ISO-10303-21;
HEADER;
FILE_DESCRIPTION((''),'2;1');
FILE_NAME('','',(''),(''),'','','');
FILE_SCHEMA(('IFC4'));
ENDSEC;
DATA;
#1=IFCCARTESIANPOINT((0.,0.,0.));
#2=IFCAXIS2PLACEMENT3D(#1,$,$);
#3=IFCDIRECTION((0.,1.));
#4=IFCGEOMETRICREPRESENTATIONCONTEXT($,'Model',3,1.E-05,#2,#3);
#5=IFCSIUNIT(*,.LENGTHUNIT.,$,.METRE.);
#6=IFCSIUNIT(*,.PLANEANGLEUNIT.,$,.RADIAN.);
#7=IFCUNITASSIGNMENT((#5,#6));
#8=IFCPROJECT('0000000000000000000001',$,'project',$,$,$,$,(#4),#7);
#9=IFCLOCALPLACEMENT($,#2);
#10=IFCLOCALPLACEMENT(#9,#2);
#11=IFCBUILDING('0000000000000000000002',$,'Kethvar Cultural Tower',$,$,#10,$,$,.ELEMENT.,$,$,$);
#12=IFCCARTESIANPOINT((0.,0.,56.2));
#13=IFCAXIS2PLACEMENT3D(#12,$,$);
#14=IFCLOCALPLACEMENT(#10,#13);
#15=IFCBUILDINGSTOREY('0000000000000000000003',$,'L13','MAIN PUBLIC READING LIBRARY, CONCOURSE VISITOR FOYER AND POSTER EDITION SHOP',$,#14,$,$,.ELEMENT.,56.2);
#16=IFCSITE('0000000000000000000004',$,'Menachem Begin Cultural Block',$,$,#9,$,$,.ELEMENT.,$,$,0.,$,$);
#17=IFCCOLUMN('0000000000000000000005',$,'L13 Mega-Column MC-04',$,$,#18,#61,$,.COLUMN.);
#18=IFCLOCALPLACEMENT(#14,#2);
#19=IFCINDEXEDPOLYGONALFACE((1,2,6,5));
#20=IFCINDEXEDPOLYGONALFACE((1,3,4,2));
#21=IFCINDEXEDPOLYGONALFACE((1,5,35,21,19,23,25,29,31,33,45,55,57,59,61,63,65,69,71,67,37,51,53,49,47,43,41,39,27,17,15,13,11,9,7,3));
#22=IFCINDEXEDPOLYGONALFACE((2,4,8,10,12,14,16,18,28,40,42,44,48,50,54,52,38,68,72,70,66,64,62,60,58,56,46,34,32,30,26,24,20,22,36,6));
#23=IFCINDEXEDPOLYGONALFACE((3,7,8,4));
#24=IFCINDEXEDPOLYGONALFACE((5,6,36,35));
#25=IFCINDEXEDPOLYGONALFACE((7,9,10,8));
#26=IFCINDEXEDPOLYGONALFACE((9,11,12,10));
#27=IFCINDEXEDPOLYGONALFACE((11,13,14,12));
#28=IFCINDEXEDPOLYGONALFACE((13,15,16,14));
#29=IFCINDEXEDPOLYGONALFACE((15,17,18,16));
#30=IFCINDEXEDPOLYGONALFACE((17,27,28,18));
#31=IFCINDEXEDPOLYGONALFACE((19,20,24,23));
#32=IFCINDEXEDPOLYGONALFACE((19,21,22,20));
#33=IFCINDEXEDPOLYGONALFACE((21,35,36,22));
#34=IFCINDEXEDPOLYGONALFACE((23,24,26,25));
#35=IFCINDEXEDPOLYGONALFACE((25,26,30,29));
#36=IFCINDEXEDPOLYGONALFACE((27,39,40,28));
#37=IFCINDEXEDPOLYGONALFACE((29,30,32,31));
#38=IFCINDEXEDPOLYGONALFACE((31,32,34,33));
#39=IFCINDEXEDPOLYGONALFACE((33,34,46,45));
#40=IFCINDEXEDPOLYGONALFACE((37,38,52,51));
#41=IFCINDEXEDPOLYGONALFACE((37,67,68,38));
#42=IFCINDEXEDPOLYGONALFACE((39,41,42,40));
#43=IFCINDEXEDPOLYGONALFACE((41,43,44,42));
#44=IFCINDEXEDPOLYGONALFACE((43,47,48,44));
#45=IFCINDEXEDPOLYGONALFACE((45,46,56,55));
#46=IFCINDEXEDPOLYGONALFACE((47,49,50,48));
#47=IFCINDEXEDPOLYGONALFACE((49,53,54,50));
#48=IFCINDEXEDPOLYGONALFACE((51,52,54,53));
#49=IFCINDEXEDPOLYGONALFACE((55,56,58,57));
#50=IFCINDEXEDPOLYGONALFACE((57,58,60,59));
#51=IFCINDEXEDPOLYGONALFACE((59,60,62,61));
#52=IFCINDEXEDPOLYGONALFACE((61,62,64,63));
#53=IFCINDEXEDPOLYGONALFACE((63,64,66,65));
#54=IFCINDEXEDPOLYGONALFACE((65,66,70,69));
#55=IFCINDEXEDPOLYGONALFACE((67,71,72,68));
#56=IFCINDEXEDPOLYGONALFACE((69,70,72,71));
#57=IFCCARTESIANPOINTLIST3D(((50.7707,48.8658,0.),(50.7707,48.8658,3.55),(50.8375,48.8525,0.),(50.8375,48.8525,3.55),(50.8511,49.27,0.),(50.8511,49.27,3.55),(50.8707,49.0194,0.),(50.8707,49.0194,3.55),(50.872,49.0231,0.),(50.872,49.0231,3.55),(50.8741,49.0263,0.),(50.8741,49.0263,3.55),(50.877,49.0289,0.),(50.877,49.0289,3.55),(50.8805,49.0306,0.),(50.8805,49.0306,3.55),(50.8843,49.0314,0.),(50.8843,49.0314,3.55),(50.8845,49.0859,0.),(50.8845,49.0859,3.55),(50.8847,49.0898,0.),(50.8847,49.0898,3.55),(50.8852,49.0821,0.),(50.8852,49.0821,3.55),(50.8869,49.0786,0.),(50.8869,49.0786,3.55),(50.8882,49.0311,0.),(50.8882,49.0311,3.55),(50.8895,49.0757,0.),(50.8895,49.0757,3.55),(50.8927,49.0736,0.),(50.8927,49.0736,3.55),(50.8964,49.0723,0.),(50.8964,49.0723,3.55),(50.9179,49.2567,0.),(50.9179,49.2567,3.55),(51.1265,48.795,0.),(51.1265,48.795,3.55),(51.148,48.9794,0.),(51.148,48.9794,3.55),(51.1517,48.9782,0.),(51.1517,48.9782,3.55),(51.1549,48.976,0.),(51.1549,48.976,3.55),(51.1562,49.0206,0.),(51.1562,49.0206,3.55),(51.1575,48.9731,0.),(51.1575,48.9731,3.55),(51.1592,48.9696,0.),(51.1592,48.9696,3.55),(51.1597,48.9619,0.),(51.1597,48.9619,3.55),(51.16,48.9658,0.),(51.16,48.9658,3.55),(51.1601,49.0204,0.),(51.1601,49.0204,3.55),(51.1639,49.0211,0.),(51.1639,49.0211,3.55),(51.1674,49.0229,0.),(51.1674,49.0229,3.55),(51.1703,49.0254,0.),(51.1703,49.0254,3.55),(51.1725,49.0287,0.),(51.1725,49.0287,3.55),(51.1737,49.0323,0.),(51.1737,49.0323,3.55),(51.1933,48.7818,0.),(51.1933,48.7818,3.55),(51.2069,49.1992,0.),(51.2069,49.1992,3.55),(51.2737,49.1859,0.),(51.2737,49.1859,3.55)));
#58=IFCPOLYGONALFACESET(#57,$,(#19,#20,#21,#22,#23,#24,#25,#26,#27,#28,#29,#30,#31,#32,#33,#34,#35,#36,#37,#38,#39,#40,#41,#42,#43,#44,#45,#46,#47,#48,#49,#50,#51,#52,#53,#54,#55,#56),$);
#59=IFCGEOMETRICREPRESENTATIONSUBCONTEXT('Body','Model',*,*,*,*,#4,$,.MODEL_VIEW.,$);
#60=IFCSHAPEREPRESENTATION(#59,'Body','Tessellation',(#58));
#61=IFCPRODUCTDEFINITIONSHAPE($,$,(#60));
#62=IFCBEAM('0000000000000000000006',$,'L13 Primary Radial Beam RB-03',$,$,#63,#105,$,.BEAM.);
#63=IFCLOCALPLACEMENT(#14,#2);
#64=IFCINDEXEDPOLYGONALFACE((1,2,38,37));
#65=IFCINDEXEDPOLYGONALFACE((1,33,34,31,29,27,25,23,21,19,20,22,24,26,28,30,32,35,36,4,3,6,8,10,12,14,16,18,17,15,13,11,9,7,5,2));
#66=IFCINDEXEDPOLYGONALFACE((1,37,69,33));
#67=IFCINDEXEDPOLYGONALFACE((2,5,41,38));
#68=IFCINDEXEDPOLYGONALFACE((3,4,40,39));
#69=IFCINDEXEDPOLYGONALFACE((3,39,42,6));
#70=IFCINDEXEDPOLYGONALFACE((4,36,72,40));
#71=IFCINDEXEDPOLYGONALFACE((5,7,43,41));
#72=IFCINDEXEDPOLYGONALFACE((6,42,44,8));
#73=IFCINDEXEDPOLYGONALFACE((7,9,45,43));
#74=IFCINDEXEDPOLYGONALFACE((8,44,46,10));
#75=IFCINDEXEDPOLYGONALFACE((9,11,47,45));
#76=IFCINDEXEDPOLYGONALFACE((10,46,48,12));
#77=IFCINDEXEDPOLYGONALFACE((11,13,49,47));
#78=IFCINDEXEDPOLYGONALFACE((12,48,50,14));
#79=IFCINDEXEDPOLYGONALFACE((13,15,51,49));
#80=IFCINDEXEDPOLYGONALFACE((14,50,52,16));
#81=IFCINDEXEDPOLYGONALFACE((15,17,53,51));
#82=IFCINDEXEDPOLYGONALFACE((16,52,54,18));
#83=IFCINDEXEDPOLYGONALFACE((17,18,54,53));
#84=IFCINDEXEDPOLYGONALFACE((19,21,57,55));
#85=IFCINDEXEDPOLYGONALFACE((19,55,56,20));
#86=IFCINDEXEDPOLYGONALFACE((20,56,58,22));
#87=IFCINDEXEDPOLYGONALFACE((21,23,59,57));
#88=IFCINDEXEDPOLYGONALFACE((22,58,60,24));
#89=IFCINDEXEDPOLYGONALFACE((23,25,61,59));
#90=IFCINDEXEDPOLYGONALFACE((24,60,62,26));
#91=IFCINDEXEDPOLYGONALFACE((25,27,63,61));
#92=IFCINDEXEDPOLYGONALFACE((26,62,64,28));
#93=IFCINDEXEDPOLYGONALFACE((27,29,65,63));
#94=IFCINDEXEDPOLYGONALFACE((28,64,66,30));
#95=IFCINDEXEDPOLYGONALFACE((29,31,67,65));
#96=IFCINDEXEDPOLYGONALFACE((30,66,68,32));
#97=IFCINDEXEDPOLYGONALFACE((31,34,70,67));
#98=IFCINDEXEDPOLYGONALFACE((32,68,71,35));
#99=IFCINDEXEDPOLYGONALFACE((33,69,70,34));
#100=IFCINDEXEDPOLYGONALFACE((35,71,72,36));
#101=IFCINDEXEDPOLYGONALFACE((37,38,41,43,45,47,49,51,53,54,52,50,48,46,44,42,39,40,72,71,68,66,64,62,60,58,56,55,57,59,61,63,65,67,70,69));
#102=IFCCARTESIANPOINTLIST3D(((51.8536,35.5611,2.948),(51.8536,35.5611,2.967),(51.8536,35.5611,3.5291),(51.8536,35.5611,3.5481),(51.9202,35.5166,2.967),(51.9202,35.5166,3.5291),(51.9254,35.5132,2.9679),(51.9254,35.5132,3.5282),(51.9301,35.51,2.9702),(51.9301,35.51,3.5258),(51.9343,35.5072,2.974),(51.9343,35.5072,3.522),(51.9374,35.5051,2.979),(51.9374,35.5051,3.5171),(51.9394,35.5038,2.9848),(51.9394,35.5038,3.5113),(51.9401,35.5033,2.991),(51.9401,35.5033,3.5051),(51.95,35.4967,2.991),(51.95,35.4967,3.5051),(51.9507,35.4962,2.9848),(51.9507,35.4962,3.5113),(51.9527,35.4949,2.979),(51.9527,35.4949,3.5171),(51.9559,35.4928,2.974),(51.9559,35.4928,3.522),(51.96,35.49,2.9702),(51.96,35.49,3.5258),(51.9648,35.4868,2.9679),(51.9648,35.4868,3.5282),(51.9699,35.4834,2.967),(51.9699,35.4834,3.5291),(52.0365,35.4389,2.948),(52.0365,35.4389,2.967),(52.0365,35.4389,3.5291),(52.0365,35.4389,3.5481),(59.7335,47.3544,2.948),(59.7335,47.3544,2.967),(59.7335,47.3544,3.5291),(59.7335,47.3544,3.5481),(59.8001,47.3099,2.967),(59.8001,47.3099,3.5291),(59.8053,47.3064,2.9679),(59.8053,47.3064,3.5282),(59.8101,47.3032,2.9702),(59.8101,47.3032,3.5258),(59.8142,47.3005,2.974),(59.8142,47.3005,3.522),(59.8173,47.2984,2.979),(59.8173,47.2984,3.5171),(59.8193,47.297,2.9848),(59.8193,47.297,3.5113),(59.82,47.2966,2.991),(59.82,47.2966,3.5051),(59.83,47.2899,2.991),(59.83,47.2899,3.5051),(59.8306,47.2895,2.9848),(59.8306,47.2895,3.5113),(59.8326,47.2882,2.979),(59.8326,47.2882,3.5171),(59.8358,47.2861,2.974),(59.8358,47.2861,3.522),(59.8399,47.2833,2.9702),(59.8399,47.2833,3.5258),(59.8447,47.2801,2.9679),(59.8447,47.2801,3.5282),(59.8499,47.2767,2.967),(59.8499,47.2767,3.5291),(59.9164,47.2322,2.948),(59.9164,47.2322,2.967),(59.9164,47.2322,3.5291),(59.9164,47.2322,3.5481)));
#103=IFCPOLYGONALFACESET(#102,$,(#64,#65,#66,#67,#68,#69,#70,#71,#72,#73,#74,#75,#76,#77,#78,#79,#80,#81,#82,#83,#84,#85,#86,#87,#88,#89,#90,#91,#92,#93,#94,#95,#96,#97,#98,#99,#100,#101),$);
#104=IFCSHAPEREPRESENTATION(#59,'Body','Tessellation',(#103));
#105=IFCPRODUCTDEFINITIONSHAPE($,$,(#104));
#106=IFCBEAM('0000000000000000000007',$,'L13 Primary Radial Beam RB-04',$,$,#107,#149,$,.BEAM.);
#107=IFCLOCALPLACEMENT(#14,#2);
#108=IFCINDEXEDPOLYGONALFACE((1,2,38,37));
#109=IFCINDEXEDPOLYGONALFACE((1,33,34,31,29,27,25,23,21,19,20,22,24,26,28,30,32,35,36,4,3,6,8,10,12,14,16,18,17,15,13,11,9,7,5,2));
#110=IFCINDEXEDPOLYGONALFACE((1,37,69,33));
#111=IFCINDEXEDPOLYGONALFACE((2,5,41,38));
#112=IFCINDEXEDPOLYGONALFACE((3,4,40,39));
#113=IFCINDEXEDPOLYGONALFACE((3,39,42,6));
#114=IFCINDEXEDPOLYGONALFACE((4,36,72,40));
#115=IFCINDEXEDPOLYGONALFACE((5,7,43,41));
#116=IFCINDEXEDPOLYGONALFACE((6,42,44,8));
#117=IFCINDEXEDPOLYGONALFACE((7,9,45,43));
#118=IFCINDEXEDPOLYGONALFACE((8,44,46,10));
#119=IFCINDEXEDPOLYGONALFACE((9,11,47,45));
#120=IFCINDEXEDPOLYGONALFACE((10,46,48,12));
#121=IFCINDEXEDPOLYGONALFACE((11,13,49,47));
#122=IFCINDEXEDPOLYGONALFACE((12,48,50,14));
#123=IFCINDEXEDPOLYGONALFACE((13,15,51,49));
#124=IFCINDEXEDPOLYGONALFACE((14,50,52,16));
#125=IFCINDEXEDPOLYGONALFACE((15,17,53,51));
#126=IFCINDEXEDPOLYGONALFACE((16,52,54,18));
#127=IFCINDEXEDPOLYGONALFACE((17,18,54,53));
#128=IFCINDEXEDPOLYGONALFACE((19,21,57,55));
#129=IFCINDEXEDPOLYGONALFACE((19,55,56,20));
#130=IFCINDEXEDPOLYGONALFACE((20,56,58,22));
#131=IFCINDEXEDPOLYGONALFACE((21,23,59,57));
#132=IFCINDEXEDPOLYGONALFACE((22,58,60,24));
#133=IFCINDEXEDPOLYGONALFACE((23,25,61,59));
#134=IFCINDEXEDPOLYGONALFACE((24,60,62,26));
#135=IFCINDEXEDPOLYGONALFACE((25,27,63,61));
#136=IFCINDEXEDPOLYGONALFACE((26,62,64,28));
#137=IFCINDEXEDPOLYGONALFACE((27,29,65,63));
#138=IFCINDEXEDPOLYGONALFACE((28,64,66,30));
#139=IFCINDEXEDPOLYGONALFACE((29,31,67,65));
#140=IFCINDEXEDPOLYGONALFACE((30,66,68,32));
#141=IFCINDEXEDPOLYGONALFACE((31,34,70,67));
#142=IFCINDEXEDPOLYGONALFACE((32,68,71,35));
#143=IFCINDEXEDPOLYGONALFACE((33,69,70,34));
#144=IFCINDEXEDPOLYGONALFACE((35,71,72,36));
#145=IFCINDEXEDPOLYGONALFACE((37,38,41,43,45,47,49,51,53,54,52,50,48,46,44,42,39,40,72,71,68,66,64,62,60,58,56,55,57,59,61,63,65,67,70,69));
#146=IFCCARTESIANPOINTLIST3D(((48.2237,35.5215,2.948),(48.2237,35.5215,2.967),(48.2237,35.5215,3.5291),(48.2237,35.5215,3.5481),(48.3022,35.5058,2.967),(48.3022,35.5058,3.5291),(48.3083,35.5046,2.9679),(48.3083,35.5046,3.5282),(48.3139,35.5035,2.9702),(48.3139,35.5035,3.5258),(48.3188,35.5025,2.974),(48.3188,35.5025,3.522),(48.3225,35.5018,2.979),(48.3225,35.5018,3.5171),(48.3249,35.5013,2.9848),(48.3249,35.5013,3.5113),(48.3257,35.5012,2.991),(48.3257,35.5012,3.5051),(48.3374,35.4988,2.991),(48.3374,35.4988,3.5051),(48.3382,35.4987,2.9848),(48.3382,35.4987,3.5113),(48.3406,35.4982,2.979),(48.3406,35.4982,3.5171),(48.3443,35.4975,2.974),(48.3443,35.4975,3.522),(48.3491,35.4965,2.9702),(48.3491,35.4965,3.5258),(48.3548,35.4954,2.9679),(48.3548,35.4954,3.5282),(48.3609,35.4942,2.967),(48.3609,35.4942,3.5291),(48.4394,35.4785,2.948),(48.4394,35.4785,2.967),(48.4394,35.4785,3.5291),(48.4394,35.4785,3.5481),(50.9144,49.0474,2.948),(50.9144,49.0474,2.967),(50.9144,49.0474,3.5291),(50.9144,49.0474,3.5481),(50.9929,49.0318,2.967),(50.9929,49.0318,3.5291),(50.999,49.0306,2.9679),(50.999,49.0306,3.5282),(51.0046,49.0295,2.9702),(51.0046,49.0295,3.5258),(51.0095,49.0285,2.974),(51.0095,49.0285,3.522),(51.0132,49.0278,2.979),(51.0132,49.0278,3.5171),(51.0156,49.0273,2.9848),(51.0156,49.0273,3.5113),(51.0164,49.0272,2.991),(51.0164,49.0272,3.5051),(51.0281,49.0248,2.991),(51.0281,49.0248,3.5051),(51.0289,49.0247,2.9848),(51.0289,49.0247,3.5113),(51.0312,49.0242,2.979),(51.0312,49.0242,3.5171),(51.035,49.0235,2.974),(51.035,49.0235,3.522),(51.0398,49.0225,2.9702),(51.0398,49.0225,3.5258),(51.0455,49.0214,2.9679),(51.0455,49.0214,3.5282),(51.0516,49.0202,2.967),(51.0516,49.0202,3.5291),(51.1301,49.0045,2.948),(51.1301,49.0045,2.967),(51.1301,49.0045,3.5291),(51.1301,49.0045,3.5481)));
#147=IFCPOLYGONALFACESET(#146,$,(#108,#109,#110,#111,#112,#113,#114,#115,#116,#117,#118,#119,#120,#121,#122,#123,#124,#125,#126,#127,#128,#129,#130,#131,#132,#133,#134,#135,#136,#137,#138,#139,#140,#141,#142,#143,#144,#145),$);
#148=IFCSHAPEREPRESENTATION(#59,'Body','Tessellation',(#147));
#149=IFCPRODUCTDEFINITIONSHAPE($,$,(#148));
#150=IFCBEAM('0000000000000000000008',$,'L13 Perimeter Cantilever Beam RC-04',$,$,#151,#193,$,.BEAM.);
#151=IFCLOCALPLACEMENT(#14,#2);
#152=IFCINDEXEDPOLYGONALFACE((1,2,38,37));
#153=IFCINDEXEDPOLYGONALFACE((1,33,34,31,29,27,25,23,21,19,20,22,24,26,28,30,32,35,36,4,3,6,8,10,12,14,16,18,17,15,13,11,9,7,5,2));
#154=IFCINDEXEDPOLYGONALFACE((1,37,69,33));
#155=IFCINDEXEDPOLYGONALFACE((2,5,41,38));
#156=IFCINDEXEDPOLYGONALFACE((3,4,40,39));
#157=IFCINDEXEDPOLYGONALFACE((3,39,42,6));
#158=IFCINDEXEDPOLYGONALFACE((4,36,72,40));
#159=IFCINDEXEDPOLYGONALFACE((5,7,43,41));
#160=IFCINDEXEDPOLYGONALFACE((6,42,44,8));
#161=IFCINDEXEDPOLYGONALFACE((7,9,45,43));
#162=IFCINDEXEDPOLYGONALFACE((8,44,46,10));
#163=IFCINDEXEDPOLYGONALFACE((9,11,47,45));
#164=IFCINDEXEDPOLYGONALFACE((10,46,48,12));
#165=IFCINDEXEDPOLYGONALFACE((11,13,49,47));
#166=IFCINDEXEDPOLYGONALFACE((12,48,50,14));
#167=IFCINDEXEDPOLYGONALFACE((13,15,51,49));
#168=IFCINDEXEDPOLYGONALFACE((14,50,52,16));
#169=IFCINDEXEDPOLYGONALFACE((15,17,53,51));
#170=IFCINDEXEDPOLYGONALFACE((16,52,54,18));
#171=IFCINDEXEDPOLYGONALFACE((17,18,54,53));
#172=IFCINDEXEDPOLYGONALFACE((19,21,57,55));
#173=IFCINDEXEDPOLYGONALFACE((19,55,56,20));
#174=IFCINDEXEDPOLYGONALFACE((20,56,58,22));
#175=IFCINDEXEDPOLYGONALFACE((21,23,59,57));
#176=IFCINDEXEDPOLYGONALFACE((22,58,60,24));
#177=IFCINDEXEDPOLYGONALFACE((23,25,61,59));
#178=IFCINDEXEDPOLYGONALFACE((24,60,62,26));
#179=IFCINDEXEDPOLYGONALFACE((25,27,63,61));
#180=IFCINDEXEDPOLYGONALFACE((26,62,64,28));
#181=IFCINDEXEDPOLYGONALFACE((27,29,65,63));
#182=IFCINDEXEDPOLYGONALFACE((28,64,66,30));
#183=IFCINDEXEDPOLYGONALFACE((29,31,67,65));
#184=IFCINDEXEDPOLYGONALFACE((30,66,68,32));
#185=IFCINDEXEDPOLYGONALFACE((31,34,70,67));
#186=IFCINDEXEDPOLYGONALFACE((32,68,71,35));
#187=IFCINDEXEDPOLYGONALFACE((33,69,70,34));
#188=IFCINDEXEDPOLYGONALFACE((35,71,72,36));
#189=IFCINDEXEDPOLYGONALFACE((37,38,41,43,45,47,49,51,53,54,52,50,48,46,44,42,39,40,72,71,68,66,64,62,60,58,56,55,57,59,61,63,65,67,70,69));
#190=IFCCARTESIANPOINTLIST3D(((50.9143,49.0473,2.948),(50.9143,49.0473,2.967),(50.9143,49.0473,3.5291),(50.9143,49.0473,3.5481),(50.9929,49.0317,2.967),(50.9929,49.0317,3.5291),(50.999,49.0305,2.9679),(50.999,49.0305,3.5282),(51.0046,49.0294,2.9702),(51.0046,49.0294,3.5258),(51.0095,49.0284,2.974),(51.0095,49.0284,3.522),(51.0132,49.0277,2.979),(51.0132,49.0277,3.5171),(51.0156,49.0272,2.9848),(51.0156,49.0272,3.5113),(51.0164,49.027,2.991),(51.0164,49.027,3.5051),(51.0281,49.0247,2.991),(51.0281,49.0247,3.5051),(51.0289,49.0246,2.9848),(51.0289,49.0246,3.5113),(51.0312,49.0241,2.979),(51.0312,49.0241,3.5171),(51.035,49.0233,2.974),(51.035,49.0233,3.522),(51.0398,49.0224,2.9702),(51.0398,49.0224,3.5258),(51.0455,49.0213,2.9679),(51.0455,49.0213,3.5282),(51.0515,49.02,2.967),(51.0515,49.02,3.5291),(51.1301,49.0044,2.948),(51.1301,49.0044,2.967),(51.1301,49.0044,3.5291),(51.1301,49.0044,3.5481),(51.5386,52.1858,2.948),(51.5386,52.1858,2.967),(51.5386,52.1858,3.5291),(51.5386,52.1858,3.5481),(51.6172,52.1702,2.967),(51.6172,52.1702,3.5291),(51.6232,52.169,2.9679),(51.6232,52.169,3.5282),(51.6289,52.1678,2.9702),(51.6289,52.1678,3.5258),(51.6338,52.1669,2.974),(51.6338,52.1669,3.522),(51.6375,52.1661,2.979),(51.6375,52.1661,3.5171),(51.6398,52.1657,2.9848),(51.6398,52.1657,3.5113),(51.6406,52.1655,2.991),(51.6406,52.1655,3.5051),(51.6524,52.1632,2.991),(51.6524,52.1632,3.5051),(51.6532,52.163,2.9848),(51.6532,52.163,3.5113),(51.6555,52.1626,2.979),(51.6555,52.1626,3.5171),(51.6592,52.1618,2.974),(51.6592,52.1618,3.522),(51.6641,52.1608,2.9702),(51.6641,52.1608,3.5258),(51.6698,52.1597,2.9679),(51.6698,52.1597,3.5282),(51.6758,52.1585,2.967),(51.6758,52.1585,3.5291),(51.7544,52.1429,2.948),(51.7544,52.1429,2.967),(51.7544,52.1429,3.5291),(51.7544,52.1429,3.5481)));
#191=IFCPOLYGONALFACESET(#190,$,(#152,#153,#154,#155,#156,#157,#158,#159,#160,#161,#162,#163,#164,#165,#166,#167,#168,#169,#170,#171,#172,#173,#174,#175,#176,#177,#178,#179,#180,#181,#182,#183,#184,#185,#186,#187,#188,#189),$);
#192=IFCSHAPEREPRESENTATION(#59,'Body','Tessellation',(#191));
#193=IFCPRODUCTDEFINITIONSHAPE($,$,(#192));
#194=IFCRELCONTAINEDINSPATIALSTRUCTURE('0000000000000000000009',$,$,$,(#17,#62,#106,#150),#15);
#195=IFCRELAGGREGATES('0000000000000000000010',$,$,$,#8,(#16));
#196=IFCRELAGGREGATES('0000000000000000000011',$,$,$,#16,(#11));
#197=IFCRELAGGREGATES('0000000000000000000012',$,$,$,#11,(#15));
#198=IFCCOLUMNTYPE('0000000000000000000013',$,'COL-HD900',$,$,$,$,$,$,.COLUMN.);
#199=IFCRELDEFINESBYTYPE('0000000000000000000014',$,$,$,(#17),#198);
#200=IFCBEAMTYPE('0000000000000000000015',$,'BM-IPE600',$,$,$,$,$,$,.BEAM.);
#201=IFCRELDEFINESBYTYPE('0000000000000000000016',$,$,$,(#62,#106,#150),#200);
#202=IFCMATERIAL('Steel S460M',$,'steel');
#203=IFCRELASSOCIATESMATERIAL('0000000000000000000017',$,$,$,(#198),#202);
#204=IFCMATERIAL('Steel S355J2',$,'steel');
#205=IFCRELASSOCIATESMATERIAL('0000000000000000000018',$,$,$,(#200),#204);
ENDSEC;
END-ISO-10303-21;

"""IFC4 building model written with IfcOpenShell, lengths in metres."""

from ifc_helpers import new_model, si_unit, direction, frame, origin, origin_2d, place, context, subcontext, project, spatial, i_section, extrude, source, transform, mapped, material, material_profile, profile_set, type_object, element, save


model = new_model("IFC4")

# Units and contexts
model_context = context("Model", 3, precision=1e-05, world=origin(), true_north=direction((0.0, 1.0)))
body_context = subcontext(model_context, "Body", "Model", "MODEL_VIEW")
ifc_project = project(units=[si_unit("LENGTHUNIT", "METRE"), si_unit("PLANEANGLEUNIT", "RADIAN")], contexts=[model_context])

# Site, building, storey
site_placement = place(None, origin())
site = spatial("IfcSite", under=ifc_project, at=site_placement, Name="Menachem Begin Cultural Block", CompositionType="ELEMENT", RefElevation=0.0)
building_placement = place(site_placement, origin())
building = spatial("IfcBuilding", under=site, at=building_placement, Name="Kethvar Cultural Tower", CompositionType="ELEMENT")
storey_placement = place(building_placement, frame((0.0, 0.0, 56.2)))
storey = spatial("IfcBuildingStorey", under=building, at=storey_placement, Name="L13", Description="MAIN PUBLIC READING LIBRARY, CONCOURSE VISITOR FOYER AND POSTER EDITION SHOP", CompositionType="ELEMENT", Elevation=56.2)

# Column
ifc_material_1 = material(Name="Steel S460M", Category="steel")
ifc_material_profile_1 = material_profile(ifc_material_1, i_section(OverallWidth=0.4121, OverallDepth=0.4309, WebThickness=0.042, FlangeThickness=0.0681, FilletRadius=0.0149, at=origin_2d()), Name="Steel S460M — HD400x900")
ifc_profile_set_1 = profile_set([ifc_material_profile_1], Name="Steel S460M — HD400x900")
column_type = type_object("IfcColumnType", Name="COL-HD900", PredefinedType="COLUMN", material=ifc_profile_set_1)
shared_shape_1 = source(origin(), body_context, "Body", "SweptSolid", [
    extrude(i_section(OverallWidth=0.4121, OverallDepth=0.4309, WebThickness=0.042, FlangeThickness=0.0681, FilletRadius=0.0149, at=origin_2d()), origin(), (0.0, 0.0, 1.0), 3.55),
])
column_placement = place(storey_placement, frame((51.0222, 49.0259, 0.0), z_axis=(0.0, 0.0, 1.0), x_axis=(0.19509, 0.980785, 0.0)))
element("IfcColumn", 1, at=column_placement, inside=storey, type_object=column_type, Name="L13 Mega-Column MC-04", PredefinedType="COLUMN", context=body_context, shape_type="MappedRepresentation", body=[
    mapped(shared_shape_1, transform((0.0, 0.0, 0.0), scale=1.0)),
])

# Beams
ifc_material_2 = material(Name="Steel S355J2", Category="steel")
ifc_material_profile_2 = material_profile(ifc_material_2, i_section(OverallWidth=0.22, OverallDepth=0.6001, WebThickness=0.012, FlangeThickness=0.019, FilletRadius=0.0239, at=origin_2d()), Name="Steel S355J2 — IPE600")
ifc_profile_set_2 = profile_set([ifc_material_profile_2], Name="Steel S355J2 — IPE600")
beam_type_1 = type_object("IfcBeamType", Name="BM-IPE600", PredefinedType="BEAM", material=ifc_profile_set_2)
shared_shape_2 = source(origin(), body_context, "Body", "SweptSolid", [
    extrude(i_section(OverallWidth=0.22, OverallDepth=0.6001, WebThickness=0.012, FlangeThickness=0.019, FilletRadius=0.0239, at=origin_2d()), origin(), (0.0, 0.0, 1.0), 14.1836),
])
beam_1_placement = place(storey_placement, frame((51.9451, 35.5, 3.248), z_axis=(0.555566, 0.831473, 0.0), x_axis=(-0.831473, 0.555566, 0.0)))
element("IfcBeam", 2, at=beam_1_placement, inside=storey, type_object=beam_type_1, Name="L13 Primary Radial Beam RB-03", PredefinedType="BEAM", context=body_context, shape_type="MappedRepresentation", body=[
    mapped(shared_shape_2, transform((0.0, 0.0, 0.0), scale=1.0)),
])
shared_shape_3 = source(origin(), body_context, "Body", "SweptSolid", [
    extrude(i_section(OverallWidth=0.22, OverallDepth=0.6001, WebThickness=0.012, FlangeThickness=0.019, FilletRadius=0.0239, at=origin_2d()), origin(), (0.0, 0.0, 1.0), 13.791),
])
beam_2_placement = place(storey_placement, frame((48.3315, 35.5, 3.248), z_axis=(0.195105, 0.980782, 0.0), x_axis=(-0.980782, 0.195105, 0.0)))
element("IfcBeam", 3, at=beam_2_placement, inside=storey, type_object=beam_type_1, Name="L13 Primary Radial Beam RB-04", PredefinedType="BEAM", context=body_context, shape_type="MappedRepresentation", body=[
    mapped(shared_shape_3, transform((0.0, 0.0, 0.0), scale=1.0)),
])
shared_shape_4 = source(origin(), body_context, "Body", "SweptSolid", [
    extrude(i_section(OverallWidth=0.22, OverallDepth=0.6001, WebThickness=0.012, FlangeThickness=0.019, FilletRadius=0.0239, at=origin_2d()), origin(), (0.0, 0.0, 1.0), 3.2),
])
beam_3_placement = place(storey_placement, frame((51.0222, 49.0259, 3.248), z_axis=(0.195089, 0.980786, 0.0), x_axis=(-0.980786, 0.195089, 0.0)))
element("IfcBeam", 4, at=beam_3_placement, inside=storey, type_object=beam_type_1, Name="L13 Perimeter Cantilever Beam RC-04", PredefinedType="BEAM", context=body_context, shape_type="MappedRepresentation", body=[
    mapped(shared_shape_4, transform((0.0, 0.0, 0.0), scale=1.0)),
])

save(model, "model.ifc")
